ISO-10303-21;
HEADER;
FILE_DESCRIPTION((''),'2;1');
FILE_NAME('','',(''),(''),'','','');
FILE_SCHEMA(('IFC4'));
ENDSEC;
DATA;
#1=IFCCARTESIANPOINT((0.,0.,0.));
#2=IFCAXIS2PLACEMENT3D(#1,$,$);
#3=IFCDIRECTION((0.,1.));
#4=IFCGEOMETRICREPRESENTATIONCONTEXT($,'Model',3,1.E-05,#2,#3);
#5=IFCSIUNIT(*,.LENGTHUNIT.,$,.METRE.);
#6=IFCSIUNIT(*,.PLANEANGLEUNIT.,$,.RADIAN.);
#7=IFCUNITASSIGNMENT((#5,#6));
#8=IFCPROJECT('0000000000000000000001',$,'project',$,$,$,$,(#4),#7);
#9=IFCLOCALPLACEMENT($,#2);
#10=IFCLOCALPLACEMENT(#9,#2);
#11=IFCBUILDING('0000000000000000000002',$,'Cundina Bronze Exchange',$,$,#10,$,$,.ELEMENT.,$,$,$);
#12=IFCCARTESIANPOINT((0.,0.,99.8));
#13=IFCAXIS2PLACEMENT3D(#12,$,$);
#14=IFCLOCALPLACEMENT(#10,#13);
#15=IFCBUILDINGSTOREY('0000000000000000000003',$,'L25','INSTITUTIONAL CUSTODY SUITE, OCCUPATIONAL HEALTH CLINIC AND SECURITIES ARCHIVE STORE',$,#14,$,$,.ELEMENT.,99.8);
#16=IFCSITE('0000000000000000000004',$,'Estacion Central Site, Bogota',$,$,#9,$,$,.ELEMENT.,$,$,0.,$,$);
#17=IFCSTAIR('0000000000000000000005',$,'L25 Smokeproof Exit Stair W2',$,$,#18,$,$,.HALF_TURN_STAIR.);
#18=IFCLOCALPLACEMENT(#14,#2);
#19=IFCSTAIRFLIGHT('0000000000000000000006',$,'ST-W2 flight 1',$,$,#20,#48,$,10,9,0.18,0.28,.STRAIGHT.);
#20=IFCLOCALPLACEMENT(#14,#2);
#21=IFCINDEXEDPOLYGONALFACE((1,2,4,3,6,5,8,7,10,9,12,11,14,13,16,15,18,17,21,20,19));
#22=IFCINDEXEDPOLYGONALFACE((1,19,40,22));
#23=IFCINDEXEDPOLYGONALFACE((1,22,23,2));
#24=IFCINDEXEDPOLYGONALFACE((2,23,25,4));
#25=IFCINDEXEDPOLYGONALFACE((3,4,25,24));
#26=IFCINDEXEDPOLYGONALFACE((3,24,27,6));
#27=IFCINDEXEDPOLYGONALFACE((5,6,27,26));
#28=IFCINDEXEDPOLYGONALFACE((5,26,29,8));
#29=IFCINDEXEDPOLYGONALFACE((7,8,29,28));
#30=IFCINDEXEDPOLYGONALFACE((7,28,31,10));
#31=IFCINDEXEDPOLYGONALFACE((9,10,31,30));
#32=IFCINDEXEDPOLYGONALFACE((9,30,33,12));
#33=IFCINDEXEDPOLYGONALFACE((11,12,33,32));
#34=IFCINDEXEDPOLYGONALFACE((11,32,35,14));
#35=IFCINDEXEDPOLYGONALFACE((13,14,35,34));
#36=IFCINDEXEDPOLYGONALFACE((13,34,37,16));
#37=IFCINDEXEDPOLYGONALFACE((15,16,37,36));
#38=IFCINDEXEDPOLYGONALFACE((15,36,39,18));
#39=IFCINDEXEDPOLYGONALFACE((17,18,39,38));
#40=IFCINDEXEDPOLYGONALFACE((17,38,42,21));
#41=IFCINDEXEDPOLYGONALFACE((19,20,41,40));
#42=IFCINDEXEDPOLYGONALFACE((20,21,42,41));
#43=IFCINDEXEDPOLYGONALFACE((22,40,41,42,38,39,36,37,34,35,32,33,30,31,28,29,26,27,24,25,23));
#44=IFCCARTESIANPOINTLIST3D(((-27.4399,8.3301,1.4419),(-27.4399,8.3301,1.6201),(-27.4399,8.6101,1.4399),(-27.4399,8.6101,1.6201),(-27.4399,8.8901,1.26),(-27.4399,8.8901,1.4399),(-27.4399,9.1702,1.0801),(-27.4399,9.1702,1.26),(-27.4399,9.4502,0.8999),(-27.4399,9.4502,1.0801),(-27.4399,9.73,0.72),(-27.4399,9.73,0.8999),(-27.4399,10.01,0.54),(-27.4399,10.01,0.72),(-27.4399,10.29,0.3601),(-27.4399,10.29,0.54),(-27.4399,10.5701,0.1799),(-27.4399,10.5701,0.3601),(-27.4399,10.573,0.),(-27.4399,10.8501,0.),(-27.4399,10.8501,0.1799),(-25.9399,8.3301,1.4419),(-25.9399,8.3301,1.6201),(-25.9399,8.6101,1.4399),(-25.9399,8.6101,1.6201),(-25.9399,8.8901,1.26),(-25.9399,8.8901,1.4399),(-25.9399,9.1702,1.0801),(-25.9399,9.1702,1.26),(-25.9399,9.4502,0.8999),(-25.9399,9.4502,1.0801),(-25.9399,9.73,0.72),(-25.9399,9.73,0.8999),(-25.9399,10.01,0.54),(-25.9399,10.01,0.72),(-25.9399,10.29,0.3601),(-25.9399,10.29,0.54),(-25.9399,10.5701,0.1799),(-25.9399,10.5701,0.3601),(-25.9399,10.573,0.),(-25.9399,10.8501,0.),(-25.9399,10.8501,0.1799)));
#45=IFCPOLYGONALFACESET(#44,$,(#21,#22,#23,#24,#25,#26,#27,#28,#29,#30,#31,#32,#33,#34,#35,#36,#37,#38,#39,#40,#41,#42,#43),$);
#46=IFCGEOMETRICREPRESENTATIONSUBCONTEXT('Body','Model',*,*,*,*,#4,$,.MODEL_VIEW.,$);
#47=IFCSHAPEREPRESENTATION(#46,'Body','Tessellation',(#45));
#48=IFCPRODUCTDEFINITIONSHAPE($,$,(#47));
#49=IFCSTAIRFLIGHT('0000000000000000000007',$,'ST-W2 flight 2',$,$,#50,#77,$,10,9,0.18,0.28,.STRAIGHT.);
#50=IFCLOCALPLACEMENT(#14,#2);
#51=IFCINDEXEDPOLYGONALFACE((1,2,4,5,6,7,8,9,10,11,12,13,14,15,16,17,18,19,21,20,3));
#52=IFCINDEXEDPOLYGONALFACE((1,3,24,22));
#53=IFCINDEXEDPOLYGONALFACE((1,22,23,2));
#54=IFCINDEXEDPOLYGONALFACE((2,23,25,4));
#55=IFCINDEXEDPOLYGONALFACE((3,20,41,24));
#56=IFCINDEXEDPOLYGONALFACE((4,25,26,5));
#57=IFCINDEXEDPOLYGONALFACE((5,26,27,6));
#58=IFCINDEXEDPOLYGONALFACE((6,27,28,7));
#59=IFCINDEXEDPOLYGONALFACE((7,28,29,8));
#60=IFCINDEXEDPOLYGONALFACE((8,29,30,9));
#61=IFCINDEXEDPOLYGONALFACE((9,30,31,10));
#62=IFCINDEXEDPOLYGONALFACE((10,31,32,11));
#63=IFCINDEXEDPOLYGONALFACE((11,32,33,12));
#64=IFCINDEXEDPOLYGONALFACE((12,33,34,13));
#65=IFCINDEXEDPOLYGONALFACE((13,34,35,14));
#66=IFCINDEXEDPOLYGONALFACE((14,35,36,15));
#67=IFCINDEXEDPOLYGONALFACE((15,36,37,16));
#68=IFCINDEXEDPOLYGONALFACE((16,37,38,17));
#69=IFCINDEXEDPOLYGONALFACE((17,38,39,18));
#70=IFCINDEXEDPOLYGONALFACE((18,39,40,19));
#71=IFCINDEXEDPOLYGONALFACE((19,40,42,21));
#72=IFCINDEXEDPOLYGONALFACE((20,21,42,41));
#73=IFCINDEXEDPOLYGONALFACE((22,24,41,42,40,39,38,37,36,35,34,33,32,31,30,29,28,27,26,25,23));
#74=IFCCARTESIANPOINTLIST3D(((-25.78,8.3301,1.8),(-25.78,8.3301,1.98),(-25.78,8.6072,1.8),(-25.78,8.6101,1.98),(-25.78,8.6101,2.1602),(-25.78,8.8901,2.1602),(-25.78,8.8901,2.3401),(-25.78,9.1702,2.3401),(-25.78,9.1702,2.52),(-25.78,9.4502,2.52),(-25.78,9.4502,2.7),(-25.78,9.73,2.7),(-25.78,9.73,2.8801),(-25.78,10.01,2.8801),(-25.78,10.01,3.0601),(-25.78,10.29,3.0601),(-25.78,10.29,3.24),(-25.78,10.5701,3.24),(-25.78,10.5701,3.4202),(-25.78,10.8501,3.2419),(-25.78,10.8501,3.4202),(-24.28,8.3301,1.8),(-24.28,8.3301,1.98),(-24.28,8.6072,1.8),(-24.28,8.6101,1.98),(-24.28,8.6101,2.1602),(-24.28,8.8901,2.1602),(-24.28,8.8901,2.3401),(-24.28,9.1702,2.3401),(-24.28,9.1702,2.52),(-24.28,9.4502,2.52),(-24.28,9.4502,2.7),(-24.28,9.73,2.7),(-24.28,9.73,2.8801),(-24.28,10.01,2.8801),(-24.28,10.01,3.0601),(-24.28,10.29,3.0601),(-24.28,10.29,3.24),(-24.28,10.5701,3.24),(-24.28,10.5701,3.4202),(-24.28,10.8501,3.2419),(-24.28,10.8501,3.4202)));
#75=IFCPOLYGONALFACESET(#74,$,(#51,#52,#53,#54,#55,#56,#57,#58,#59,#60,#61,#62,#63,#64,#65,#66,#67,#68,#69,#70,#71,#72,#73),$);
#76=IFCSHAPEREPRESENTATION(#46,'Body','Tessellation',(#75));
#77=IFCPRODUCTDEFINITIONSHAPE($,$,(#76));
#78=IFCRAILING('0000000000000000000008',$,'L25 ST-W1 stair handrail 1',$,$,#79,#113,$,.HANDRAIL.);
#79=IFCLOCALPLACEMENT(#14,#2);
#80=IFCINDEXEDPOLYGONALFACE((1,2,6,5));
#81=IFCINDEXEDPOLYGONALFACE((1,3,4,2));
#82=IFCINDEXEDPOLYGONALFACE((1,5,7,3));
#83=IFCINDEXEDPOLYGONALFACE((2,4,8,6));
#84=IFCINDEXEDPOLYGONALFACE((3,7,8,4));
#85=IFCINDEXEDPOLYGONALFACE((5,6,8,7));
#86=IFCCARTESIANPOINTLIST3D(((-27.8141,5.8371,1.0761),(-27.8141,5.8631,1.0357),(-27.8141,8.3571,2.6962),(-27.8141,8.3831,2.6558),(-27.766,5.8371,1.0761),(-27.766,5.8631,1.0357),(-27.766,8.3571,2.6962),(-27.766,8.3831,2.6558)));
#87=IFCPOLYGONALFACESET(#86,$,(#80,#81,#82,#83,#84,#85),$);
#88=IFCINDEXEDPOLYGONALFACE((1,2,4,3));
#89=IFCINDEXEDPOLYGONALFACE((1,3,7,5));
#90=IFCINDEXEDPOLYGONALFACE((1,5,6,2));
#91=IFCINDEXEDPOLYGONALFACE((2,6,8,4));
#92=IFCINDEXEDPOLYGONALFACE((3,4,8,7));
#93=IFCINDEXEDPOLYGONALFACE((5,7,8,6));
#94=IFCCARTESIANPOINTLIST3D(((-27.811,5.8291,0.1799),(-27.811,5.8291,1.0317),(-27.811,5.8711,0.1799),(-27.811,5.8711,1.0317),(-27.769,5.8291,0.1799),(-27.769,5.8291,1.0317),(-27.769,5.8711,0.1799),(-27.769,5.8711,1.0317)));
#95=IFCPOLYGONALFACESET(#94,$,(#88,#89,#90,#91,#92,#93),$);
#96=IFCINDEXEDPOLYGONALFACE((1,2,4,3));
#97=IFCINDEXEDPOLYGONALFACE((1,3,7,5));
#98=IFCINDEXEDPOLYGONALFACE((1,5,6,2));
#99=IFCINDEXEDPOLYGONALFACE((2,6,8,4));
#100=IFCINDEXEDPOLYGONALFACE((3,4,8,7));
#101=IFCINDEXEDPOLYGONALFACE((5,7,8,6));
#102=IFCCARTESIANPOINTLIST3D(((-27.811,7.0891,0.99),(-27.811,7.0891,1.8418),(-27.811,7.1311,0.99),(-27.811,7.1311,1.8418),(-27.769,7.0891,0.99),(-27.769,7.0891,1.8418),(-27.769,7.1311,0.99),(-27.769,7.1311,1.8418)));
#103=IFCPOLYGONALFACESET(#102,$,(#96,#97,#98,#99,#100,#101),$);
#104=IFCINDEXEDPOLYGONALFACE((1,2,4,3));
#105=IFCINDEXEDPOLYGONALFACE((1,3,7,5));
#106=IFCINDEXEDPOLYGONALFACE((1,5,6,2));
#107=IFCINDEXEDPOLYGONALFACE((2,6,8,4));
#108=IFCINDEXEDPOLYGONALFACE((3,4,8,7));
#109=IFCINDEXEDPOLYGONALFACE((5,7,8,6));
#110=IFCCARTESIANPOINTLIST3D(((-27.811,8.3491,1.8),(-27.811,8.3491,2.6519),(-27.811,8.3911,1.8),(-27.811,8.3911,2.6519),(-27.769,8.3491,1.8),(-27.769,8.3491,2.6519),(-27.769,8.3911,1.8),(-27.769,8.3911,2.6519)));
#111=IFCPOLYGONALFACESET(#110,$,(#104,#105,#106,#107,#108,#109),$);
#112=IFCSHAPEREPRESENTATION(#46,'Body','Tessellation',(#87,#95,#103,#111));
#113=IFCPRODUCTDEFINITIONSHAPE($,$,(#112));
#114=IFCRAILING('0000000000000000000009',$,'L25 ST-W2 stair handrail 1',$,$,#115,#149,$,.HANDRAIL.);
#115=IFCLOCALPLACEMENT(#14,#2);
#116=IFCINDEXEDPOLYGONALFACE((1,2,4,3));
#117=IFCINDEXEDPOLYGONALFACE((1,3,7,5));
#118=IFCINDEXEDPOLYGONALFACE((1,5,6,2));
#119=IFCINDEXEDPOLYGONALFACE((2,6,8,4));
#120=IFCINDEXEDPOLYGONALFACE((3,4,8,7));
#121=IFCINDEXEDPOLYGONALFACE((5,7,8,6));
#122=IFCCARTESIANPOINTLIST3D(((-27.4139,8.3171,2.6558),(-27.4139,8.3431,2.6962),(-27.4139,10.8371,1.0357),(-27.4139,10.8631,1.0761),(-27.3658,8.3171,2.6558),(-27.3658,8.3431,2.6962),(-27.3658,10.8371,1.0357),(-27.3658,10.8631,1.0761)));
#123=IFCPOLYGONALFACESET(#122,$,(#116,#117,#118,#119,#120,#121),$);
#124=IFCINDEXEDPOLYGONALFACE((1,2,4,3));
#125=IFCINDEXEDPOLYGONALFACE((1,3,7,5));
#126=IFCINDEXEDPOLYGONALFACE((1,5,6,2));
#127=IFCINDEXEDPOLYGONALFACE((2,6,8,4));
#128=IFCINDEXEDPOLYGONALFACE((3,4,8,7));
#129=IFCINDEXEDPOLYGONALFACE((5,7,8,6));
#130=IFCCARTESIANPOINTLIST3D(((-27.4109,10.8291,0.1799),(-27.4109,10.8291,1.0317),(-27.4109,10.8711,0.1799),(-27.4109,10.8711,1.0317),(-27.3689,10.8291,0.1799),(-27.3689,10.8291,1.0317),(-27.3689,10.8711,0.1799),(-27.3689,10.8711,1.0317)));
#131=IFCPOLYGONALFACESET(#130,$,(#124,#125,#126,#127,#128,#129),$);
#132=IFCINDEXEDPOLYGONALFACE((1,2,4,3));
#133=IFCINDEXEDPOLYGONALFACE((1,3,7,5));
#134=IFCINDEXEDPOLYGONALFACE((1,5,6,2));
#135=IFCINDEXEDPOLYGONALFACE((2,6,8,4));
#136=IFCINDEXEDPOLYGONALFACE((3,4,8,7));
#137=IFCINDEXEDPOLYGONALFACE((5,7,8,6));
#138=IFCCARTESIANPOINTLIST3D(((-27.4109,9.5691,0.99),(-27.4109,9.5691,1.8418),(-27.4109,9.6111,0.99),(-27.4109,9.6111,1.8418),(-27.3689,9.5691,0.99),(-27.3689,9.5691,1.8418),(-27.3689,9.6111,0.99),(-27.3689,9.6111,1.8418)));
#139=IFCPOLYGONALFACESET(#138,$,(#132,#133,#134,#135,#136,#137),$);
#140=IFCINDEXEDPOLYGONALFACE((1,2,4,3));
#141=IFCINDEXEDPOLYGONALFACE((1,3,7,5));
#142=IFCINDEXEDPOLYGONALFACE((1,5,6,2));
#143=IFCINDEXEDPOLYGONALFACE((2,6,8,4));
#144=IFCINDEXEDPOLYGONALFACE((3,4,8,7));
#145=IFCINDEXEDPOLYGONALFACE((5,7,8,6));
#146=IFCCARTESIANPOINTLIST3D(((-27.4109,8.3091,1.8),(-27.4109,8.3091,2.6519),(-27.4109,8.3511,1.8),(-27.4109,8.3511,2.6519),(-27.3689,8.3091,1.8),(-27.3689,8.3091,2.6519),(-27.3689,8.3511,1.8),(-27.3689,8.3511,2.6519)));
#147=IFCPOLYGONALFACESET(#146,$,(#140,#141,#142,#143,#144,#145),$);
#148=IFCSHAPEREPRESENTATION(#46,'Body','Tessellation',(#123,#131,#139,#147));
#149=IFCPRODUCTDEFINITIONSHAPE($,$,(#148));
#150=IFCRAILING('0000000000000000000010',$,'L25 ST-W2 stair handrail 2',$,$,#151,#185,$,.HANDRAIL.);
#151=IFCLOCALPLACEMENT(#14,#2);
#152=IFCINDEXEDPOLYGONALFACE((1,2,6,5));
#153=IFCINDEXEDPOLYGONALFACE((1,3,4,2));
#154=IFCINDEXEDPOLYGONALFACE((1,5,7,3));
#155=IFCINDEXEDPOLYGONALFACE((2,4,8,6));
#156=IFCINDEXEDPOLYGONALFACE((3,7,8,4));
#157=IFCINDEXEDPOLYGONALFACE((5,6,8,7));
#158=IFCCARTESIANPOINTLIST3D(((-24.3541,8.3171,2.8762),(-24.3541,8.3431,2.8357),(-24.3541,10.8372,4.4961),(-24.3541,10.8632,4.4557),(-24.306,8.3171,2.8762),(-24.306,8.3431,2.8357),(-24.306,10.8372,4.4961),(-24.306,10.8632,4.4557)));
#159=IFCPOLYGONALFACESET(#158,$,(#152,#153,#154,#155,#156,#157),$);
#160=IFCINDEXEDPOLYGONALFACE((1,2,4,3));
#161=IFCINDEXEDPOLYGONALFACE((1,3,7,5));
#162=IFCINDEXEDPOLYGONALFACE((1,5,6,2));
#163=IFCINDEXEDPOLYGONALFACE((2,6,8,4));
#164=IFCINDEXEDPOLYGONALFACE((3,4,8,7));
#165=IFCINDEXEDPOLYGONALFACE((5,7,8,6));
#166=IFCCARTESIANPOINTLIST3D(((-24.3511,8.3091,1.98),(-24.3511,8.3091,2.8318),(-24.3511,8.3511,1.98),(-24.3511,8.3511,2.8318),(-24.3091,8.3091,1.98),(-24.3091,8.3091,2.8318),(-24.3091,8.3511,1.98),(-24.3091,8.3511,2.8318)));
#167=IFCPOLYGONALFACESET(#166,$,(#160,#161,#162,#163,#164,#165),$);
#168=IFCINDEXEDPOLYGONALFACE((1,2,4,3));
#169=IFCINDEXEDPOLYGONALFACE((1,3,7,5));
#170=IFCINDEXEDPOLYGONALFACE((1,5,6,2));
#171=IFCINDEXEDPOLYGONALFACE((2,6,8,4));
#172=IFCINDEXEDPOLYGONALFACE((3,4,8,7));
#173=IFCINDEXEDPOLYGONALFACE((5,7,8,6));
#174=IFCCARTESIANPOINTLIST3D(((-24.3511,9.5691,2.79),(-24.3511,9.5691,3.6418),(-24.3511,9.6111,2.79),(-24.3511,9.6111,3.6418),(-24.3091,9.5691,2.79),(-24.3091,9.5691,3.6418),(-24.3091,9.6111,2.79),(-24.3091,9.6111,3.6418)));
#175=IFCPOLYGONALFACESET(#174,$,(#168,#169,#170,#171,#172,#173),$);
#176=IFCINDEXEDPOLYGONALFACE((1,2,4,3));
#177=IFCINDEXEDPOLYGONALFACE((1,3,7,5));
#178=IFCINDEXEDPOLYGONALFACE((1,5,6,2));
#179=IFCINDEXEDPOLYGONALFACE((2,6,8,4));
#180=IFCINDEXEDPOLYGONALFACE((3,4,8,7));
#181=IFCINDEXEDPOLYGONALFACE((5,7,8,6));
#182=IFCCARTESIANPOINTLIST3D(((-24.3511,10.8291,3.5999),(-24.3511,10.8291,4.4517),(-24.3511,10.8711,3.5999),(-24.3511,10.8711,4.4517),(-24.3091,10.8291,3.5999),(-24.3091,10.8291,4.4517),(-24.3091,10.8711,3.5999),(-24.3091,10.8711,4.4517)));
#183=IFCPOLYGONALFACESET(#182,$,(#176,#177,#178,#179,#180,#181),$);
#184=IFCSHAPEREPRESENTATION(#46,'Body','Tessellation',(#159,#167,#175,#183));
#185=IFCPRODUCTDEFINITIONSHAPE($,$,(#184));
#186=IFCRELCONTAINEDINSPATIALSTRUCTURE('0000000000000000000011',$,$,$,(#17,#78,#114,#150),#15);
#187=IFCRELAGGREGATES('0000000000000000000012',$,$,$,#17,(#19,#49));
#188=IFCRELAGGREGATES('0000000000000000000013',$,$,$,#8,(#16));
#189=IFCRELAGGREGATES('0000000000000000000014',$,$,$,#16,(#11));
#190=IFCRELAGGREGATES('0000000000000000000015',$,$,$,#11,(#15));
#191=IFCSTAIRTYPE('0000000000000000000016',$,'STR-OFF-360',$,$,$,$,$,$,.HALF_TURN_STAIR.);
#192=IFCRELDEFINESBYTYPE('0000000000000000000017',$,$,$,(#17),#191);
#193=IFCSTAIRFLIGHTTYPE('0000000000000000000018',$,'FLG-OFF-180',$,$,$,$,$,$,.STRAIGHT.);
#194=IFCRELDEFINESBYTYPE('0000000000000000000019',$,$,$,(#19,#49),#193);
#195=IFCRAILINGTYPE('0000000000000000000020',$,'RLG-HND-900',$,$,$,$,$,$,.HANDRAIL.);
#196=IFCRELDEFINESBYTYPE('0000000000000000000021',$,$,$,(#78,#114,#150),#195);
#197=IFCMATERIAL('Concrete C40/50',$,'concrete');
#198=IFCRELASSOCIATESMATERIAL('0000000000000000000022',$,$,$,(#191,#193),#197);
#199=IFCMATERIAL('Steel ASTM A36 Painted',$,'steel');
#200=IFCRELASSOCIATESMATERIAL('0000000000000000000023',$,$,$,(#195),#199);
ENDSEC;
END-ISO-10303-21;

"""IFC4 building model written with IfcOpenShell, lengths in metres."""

from ifc_helpers import new_model, si_unit, direction, frame, origin, origin_2d, place, context, subcontext, project, spatial, polyline, rectangle, outline, extrude, material, type_object, element, aggregate, save


model = new_model("IFC4")

# Units and contexts
model_context = context("Model", 3, precision=1e-05, world=origin(), true_north=direction((0.0, 1.0)))
body_context = subcontext(model_context, "Body", "Model", "MODEL_VIEW")
ifc_project = project(units=[si_unit("LENGTHUNIT", "METRE"), si_unit("PLANEANGLEUNIT", "RADIAN")], contexts=[model_context])

# Site, building, storey
site_placement = place(None, origin())
site = spatial("IfcSite", under=ifc_project, at=site_placement, Name="Estacion Central Site, Bogota", CompositionType="ELEMENT", RefElevation=0.0)
building_placement = place(site_placement, origin())
building = spatial("IfcBuilding", under=site, at=building_placement, Name="Cundina Bronze Exchange", CompositionType="ELEMENT")
storey_placement = place(building_placement, frame((0.0, 0.0, 99.8)))
storey = spatial("IfcBuildingStorey", under=building, at=storey_placement, Name="L25", Description="INSTITUTIONAL CUSTODY SUITE, OCCUPATIONAL HEALTH CLINIC AND SECURITIES ARCHIVE STORE", CompositionType="ELEMENT", Elevation=99.8)

# Shared definitions
ifc_material_1 = material(Name="Steel ASTM A36 Painted", Category="steel")

# Stair, stair flights
ifc_material_2 = material(Name="Concrete C40/50", Category="concrete")
stair_type = type_object("IfcStairType", Name="STR-OFF-360", PredefinedType="HALF_TURN_STAIR", material=ifc_material_2)
stair_placement = place(storey_placement, origin())
stair = element("IfcStair", 1, at=stair_placement, inside=storey, type_object=stair_type, Name="L25 Smokeproof Exit Stair W2", PredefinedType="HALF_TURN_STAIR")
stair_flight_type = type_object("IfcStairFlightType", Name="FLG-OFF-180", PredefinedType="STRAIGHT", material=ifc_material_2)
stair_flight_1_placement = place(storey_placement, frame((-26.6899, 10.8501, 0.0), z_axis=(0.0, 0.0, 1.0), x_axis=(0.0, -1.0, 0.0)))
stair_flight_1 = element("IfcStairFlight", 2, at=stair_flight_1_placement, type_object=stair_flight_type, Name="ST-W2 flight 1", NumberOfRisers=10, NumberOfTreads=9, PredefinedType="STRAIGHT", RiserHeight=0.18, TreadLength=0.28, context=body_context, shape_type="SweptSolid", body=[
    extrude(outline(polyline([(0.0, 0.0), (0.0, 0.1799), (0.28, 0.1799), (0.28, 0.3601), (0.5601, 0.3601), (0.5601, 0.54), (0.8401, 0.54), (0.8401, 0.72), (1.1201, 0.72), (1.1201, 0.8999), (1.3999, 0.8999), (1.3999, 1.0801), (1.6799, 1.0801), (1.6799, 1.26), (1.96, 1.26), (1.96, 1.4399), (2.24, 1.4399), (2.24, 1.6201), (2.52, 1.6201), (2.52, 1.8), (2.52, 1.4419), (0.2771, 0.0), (0.0, 0.0)])), frame((0.0, 0.75, 0.0), z_axis=(0.0, -1.0, 0.0), x_axis=(1.0, 0.0, 0.0)), (0.0, 0.0, 1.0), 1.5),
])
stair_flight_2_placement = place(storey_placement, frame((-25.03, 8.3301, 1.8), z_axis=(0.0, 0.0, 1.0), x_axis=(0.0, 1.0, 0.0)))
stair_flight_2 = element("IfcStairFlight", 3, at=stair_flight_2_placement, type_object=stair_flight_type, Name="ST-W2 flight 2", NumberOfRisers=10, NumberOfTreads=9, PredefinedType="STRAIGHT", RiserHeight=0.18, TreadLength=0.28, context=body_context, shape_type="SweptSolid", body=[
    extrude(outline(polyline([(0.0, 0.0), (0.0, 0.1799), (0.28, 0.1799), (0.28, 0.3601), (0.5601, 0.3601), (0.5601, 0.54), (0.8401, 0.54), (0.8401, 0.72), (1.1201, 0.72), (1.1201, 0.8999), (1.3999, 0.8999), (1.3999, 1.0801), (1.6799, 1.0801), (1.6799, 1.26), (1.96, 1.26), (1.96, 1.4399), (2.24, 1.4399), (2.24, 1.6201), (2.52, 1.6201), (2.52, 1.8), (2.52, 1.4419), (0.2771, 0.0), (0.0, 0.0)])), frame((0.0, 0.75, 0.0), z_axis=(0.0, -1.0, 0.0), x_axis=(1.0, 0.0, 0.0)), (0.0, 0.0, 1.0), 1.5),
])
aggregate(stair, [stair_flight_1, stair_flight_2])

# Railings
railing_type_1 = type_object("IfcRailingType", Name="RLG-HND-900", PredefinedType="HANDRAIL", material=ifc_material_1)
railing_1_placement = place(storey_placement, frame((-27.79, 5.8501, 0.1799)))
element("IfcRailing", 4, at=railing_1_placement, inside=storey, type_object=railing_type_1, Name="L25 ST-W1 stair handrail 1", PredefinedType="HANDRAIL", context=body_context, shape_type="SweptSolid", body=[
    extrude(rectangle(XDim=0.0481, YDim=0.0481, at=origin_2d()), frame((0.0, 0.0, 0.876), z_axis=(0.0, 0.841163, 0.540782), x_axis=(-1.0, 0.0, 0.0)), (0.0, 0.0, 1.0), 2.9958),
    extrude(rectangle(XDim=0.042, YDim=0.042, at=origin_2d()), origin(), (0.0, 0.0, 1.0), 0.8518),
    extrude(rectangle(XDim=0.042, YDim=0.042, at=origin_2d()), frame((0.0, 1.26, 0.8101)), (0.0, 0.0, 1.0), 0.8518),
    extrude(rectangle(XDim=0.042, YDim=0.042, at=origin_2d()), frame((0.0, 2.52, 1.6201)), (0.0, 0.0, 1.0), 0.8518),
])
railing_2_placement = place(storey_placement, frame((-27.3899, 10.8501, 0.1799)))
element("IfcRailing", 5, at=railing_2_placement, inside=storey, type_object=railing_type_1, Name="L25 ST-W2 stair handrail 1", PredefinedType="HANDRAIL", context=body_context, shape_type="SweptSolid", body=[
    extrude(rectangle(XDim=0.0481, YDim=0.0481, at=origin_2d()), frame((0.0, 0.0, 0.876), z_axis=(0.0, -0.841163, 0.540782), x_axis=(1.0, 0.0, 0.0)), (0.0, 0.0, 1.0), 2.9958),
    extrude(rectangle(XDim=0.042, YDim=0.042, at=origin_2d()), origin(), (0.0, 0.0, 1.0), 0.8518),
    extrude(rectangle(XDim=0.042, YDim=0.042, at=origin_2d()), frame((0.0, -1.26, 0.8101)), (0.0, 0.0, 1.0), 0.8518),
    extrude(rectangle(XDim=0.042, YDim=0.042, at=origin_2d()), frame((0.0, -2.52, 1.6201)), (0.0, 0.0, 1.0), 0.8518),
])
railing_3_placement = place(storey_placement, frame((-24.3301, 8.3301, 1.98)))
element("IfcRailing", 6, at=railing_3_placement, inside=storey, type_object=railing_type_1, Name="L25 ST-W2 stair handrail 2", PredefinedType="HANDRAIL", context=body_context, shape_type="SweptSolid", body=[
    extrude(rectangle(XDim=0.0481, YDim=0.0481, at=origin_2d()), frame((0.0, 0.0, 0.876), z_axis=(0.0, 0.8412, 0.540725), x_axis=(-1.0, 0.0, 0.0)), (0.0, 0.0, 1.0), 2.9958),
    extrude(rectangle(XDim=0.042, YDim=0.042, at=origin_2d()), origin(), (0.0, 0.0, 1.0), 0.8518),
    extrude(rectangle(XDim=0.042, YDim=0.042, at=origin_2d()), frame((0.0, 1.26, 0.8101)), (0.0, 0.0, 1.0), 0.8518),
    extrude(rectangle(XDim=0.042, YDim=0.042, at=origin_2d()), frame((0.0, 2.52, 1.6199)), (0.0, 0.0, 1.0), 0.8518),
])

save(model, "model.ifc")
